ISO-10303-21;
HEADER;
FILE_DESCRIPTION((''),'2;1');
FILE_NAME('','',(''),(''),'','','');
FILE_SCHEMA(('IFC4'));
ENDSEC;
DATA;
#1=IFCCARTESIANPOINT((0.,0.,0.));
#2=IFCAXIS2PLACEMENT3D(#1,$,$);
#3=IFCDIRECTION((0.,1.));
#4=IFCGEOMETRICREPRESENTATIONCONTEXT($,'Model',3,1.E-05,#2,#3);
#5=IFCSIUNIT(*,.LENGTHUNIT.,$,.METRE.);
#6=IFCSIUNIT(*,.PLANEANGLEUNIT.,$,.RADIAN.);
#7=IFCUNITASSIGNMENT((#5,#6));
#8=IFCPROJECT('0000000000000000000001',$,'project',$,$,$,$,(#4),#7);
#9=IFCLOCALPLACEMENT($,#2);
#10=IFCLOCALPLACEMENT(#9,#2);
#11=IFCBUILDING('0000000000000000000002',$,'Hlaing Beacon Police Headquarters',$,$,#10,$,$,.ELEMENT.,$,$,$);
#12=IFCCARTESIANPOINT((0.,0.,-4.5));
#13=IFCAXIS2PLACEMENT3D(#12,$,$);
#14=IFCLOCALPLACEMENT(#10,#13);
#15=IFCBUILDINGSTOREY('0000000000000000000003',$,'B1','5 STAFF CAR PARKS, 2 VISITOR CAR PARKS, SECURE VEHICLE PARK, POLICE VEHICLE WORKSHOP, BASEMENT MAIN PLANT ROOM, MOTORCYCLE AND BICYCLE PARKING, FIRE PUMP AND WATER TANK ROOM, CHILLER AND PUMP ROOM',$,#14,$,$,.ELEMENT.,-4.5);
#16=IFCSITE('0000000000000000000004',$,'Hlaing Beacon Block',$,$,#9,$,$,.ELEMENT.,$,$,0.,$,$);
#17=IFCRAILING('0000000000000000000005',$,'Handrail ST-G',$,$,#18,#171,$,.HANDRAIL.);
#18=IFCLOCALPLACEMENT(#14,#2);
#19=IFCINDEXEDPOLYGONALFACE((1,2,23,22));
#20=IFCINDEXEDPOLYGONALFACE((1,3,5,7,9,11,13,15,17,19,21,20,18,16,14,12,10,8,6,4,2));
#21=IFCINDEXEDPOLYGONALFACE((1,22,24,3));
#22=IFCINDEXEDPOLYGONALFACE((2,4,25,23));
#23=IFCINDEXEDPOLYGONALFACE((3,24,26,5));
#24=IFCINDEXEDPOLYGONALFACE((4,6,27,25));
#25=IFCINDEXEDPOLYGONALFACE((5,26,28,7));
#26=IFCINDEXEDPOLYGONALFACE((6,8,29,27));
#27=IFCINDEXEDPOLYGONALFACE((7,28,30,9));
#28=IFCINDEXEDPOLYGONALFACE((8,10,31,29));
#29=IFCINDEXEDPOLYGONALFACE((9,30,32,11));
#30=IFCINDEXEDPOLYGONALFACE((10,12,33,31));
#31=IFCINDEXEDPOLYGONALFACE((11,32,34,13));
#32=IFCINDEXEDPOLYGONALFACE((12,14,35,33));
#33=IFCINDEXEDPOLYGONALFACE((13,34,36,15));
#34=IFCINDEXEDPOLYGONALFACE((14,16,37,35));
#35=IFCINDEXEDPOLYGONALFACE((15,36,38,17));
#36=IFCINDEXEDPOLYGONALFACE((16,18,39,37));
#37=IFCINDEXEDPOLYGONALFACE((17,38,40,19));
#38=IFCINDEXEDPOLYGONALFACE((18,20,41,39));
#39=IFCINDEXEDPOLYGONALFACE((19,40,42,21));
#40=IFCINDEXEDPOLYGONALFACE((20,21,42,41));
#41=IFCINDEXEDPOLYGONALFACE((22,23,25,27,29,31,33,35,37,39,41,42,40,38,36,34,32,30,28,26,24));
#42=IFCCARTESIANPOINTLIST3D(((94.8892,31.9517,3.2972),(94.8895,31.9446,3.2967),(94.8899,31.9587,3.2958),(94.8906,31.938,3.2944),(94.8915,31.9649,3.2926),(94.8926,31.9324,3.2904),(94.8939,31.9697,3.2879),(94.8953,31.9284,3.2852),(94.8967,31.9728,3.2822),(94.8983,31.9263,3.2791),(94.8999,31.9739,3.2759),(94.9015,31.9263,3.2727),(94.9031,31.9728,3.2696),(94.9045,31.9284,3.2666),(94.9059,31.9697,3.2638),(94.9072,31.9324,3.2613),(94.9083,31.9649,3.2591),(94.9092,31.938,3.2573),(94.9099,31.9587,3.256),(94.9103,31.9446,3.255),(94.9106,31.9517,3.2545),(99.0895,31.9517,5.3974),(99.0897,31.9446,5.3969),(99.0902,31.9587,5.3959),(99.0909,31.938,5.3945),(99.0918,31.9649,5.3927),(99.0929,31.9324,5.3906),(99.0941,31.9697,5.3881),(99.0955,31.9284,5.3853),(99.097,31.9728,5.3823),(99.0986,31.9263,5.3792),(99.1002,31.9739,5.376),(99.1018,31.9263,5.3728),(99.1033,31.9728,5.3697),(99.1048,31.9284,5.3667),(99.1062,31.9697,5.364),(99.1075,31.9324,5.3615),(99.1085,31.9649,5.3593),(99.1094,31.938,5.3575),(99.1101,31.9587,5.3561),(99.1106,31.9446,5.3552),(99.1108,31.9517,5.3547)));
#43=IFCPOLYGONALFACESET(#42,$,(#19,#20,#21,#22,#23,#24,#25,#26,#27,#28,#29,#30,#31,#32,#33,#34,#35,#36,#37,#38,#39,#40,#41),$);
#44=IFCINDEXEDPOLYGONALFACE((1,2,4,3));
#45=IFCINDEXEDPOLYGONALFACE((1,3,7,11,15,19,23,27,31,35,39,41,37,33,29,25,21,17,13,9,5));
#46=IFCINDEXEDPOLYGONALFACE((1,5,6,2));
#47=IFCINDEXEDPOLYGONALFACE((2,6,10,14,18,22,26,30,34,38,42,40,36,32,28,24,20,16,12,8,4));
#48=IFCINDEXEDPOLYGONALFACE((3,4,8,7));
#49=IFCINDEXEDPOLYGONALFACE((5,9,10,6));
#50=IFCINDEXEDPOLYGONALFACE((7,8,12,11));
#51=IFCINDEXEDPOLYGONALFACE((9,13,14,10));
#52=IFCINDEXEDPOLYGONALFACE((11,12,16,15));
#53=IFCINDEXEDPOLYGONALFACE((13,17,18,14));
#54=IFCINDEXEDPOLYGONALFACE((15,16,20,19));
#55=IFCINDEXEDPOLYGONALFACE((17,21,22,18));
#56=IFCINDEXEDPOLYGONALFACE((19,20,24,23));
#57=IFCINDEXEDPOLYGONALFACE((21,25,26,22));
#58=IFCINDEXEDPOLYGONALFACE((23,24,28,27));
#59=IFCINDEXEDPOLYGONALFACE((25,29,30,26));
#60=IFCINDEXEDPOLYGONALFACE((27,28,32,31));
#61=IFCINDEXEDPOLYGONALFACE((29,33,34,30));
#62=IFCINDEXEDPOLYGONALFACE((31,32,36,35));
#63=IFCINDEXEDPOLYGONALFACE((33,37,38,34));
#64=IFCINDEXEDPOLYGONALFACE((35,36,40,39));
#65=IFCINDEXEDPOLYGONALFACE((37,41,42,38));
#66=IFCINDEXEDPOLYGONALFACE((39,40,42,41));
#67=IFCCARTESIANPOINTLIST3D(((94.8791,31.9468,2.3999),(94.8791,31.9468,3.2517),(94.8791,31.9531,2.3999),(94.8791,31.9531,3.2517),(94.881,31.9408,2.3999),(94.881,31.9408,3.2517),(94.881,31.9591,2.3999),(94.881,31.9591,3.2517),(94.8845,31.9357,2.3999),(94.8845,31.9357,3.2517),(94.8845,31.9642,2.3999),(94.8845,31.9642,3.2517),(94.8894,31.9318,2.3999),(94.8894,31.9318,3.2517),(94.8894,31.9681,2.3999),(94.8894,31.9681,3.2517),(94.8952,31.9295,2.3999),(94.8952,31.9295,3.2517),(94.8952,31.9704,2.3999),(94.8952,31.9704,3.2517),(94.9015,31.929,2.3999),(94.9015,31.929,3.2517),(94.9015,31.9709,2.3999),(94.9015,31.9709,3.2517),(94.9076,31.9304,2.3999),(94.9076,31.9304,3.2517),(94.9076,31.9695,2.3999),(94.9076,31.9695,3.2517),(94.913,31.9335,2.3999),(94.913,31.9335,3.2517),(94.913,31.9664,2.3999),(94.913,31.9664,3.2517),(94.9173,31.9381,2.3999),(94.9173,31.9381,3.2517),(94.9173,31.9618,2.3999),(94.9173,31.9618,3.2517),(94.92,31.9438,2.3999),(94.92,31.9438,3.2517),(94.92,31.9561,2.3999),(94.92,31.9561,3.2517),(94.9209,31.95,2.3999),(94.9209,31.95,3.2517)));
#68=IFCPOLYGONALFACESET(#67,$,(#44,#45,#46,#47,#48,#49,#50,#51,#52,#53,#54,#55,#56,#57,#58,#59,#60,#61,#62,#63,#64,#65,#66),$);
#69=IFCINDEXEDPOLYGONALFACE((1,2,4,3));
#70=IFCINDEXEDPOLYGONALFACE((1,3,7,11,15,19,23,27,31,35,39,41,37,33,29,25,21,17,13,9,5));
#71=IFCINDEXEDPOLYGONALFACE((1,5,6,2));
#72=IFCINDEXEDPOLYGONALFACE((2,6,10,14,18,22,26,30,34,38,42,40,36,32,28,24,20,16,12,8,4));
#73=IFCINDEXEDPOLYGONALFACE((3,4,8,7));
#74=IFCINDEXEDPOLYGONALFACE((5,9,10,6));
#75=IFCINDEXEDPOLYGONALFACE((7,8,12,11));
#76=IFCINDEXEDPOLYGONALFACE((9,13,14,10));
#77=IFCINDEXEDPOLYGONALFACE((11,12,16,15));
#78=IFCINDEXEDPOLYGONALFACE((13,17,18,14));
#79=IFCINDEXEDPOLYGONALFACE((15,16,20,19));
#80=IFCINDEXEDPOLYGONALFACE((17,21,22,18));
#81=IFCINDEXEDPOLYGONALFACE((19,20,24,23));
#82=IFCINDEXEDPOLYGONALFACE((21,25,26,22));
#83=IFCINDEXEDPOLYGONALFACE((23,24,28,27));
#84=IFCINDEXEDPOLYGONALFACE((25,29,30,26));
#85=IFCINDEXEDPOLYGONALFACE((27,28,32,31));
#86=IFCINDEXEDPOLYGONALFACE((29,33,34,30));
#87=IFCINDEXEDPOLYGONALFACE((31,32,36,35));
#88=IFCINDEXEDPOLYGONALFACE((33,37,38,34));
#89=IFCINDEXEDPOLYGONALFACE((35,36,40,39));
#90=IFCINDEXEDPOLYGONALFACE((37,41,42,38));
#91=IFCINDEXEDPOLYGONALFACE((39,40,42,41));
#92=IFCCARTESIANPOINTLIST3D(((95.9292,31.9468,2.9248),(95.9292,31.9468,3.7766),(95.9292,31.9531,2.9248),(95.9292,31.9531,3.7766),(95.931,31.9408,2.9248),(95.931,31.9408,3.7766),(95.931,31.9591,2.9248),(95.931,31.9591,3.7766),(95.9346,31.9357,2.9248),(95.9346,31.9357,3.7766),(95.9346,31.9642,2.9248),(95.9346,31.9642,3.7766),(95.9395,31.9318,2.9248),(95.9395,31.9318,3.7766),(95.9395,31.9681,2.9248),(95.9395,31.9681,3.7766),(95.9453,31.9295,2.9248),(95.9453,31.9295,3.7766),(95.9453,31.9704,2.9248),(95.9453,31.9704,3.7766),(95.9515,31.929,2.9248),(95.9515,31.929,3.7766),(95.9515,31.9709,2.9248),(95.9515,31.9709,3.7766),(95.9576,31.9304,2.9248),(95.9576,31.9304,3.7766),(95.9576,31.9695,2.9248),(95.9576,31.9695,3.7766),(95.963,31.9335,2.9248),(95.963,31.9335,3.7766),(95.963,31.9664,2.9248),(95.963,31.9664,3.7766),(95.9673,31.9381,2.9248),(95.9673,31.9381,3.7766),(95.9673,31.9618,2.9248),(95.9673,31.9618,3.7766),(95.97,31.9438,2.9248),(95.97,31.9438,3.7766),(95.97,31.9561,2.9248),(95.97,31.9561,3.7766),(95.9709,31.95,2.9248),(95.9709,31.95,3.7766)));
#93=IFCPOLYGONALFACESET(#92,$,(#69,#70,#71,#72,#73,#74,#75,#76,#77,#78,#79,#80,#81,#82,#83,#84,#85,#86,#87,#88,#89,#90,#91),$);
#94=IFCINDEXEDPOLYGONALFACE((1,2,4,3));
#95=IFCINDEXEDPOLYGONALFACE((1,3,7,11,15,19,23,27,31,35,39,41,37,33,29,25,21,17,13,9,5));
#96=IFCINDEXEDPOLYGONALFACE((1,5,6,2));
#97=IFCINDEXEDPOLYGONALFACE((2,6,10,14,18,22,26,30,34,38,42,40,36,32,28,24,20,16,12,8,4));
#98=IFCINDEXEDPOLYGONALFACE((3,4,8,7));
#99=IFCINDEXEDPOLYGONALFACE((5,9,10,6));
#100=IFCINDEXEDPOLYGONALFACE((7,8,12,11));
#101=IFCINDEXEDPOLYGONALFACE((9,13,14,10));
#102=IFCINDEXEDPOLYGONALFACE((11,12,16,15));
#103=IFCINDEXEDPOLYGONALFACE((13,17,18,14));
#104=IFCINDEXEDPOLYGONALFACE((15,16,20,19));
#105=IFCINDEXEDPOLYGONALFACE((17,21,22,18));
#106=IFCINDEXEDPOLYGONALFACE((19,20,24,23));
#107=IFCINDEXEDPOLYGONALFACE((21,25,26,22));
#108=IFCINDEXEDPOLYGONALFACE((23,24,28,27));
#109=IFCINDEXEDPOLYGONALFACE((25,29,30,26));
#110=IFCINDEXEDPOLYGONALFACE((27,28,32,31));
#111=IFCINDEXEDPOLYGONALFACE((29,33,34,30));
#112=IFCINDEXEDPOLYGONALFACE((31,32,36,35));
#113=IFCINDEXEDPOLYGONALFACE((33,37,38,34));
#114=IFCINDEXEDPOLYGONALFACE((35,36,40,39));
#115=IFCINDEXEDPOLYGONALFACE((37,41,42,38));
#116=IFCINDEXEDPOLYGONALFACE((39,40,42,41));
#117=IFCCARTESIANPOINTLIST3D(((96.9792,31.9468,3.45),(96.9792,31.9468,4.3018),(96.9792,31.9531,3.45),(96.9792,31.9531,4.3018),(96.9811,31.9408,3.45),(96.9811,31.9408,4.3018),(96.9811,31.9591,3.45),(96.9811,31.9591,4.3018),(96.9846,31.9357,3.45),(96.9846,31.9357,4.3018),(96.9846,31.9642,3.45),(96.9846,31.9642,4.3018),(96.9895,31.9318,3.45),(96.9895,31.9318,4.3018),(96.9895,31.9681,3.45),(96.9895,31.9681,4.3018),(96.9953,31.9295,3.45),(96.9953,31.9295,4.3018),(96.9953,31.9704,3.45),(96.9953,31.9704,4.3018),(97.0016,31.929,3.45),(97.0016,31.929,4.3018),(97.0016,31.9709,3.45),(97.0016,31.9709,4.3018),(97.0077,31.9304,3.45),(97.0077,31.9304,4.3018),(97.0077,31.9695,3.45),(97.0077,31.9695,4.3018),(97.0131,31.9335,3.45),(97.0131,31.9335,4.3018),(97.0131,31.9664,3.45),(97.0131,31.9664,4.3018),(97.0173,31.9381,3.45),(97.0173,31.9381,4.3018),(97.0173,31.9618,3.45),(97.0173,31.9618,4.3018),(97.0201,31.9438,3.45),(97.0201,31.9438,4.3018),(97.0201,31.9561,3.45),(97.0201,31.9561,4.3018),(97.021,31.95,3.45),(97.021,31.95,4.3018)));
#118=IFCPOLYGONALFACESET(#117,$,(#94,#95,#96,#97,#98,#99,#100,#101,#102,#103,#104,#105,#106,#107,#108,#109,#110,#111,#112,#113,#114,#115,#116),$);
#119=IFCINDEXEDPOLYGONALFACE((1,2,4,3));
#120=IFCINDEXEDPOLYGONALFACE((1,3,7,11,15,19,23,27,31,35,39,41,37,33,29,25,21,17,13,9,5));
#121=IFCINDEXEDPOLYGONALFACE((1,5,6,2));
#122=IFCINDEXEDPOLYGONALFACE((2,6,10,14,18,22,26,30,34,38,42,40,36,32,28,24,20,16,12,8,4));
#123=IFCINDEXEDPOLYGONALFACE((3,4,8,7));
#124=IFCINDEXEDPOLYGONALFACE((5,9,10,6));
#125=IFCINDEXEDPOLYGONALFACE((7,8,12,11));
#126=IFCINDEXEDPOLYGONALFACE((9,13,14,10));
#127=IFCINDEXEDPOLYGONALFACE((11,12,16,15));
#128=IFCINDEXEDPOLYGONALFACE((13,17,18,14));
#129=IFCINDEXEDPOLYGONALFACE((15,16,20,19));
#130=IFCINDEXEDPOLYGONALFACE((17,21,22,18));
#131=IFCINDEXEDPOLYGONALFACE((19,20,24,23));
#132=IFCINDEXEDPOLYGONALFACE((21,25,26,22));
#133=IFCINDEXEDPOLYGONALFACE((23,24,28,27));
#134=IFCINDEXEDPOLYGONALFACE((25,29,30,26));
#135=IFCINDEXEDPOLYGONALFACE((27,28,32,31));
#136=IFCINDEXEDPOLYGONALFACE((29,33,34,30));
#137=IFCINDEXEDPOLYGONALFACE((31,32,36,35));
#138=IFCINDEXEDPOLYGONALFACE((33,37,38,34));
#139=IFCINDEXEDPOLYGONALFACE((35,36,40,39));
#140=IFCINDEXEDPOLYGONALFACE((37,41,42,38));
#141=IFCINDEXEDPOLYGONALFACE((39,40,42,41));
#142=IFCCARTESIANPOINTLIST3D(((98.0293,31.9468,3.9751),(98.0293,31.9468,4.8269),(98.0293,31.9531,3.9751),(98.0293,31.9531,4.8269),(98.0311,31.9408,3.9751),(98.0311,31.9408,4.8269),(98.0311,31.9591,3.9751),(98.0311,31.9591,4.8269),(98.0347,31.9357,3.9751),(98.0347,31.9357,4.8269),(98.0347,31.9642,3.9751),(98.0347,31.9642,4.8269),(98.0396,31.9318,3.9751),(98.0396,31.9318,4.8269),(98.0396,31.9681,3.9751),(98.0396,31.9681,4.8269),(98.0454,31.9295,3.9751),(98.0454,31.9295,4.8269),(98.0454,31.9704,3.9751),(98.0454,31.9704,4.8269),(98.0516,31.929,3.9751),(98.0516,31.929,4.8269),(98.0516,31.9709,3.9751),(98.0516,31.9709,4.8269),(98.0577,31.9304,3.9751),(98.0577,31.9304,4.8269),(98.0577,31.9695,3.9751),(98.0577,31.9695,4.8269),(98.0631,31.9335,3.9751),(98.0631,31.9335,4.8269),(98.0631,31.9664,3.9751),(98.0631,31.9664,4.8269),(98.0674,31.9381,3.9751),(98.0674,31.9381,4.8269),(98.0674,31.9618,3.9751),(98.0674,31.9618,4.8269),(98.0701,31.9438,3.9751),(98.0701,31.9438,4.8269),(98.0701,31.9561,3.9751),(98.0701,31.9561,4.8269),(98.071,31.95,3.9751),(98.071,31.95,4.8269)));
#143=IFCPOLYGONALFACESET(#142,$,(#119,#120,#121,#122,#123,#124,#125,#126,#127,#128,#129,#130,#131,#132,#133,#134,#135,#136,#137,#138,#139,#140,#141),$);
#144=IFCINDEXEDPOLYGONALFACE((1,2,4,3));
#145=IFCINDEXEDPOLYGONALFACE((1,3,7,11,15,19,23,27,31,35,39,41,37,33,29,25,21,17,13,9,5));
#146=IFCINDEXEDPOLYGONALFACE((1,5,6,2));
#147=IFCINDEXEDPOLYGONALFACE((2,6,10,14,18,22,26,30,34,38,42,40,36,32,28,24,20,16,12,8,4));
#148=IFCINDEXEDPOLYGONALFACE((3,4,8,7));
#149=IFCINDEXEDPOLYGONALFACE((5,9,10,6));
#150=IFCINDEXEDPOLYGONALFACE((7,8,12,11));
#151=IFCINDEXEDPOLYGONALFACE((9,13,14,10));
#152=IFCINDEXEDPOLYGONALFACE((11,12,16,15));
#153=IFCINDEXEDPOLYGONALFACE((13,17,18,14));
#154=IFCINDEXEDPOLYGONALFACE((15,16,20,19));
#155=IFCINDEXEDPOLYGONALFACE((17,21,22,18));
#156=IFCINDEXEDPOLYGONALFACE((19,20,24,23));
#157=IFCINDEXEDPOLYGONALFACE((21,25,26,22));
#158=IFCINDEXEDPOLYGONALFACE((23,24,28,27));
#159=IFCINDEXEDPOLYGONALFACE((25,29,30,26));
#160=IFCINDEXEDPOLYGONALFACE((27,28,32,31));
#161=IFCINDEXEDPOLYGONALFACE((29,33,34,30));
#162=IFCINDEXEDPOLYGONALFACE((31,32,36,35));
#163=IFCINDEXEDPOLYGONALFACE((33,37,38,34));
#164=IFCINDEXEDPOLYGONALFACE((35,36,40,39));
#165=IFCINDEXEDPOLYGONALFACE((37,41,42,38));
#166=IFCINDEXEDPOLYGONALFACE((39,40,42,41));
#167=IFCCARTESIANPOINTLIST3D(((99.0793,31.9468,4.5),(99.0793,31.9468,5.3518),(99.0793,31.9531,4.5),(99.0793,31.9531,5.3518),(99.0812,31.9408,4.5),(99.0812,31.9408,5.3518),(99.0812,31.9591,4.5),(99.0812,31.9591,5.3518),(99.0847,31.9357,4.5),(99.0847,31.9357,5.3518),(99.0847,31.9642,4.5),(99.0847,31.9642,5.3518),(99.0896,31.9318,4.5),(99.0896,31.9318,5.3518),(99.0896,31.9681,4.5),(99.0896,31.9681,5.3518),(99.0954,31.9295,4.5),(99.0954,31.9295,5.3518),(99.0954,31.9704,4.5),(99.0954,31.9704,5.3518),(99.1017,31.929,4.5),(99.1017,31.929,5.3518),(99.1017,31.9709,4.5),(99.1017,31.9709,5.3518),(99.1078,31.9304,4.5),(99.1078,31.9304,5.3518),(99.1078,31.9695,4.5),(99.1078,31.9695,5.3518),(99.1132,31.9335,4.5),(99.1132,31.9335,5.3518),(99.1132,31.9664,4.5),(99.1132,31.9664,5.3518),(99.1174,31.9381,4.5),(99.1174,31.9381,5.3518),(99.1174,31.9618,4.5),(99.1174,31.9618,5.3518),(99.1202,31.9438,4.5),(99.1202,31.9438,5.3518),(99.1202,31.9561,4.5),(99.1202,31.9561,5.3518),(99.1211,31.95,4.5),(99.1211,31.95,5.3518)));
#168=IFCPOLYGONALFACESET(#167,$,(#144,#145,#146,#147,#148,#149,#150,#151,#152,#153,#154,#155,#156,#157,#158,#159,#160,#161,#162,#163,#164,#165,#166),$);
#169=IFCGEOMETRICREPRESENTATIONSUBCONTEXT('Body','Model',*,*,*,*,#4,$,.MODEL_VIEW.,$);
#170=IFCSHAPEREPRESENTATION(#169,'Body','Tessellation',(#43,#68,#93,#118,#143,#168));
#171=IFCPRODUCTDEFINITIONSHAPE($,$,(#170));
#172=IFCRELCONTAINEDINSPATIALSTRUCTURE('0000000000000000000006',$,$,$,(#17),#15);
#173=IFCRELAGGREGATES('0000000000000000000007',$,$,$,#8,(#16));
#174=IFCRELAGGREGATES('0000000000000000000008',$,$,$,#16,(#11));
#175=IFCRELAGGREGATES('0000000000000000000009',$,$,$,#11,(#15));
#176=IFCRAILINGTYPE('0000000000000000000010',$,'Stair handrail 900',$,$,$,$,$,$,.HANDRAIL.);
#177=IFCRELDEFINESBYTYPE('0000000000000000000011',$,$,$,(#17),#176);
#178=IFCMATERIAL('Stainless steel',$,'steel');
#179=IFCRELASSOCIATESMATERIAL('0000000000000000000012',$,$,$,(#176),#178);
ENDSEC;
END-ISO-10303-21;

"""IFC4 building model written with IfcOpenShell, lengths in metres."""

from ifc_helpers import new_model, si_unit, direction, frame, origin, origin_2d, place, context, subcontext, project, spatial, circle, extrude, material, type_object, element, save


model = new_model("IFC4")

# Units and contexts
model_context = context("Model", 3, precision=1e-05, world=origin(), true_north=direction((0.0, 1.0)))
body_context = subcontext(model_context, "Body", "Model", "MODEL_VIEW")
ifc_project = project(units=[si_unit("LENGTHUNIT", "METRE"), si_unit("PLANEANGLEUNIT", "RADIAN")], contexts=[model_context])

# Site, building, storey
site_placement = place(None, origin())
site = spatial("IfcSite", under=ifc_project, at=site_placement, Name="Hlaing Beacon Block", CompositionType="ELEMENT", RefElevation=0.0)
building_placement = place(site_placement, origin())
building = spatial("IfcBuilding", under=site, at=building_placement, Name="Hlaing Beacon Police Headquarters", CompositionType="ELEMENT")
storey_placement = place(building_placement, frame((0.0, 0.0, -4.5)))
storey = spatial("IfcBuildingStorey", under=building, at=storey_placement, Name="B1", Description="5 STAFF CAR PARKS, 2 VISITOR CAR PARKS, SECURE VEHICLE PARK, POLICE VEHICLE WORKSHOP, BASEMENT MAIN PLANT ROOM, MOTORCYCLE AND BICYCLE PARKING, FIRE PUMP AND WATER TANK ROOM, CHILLER AND PUMP ROOM", CompositionType="ELEMENT", Elevation=-4.5)

# Railing
ifc_material_1 = material(Name="Stainless steel", Category="steel")
railing_type = type_object("IfcRailingType", Name="Stair handrail 900", PredefinedType="HANDRAIL", material=ifc_material_1)
railing_1_placement = place(storey_placement, frame((94.8999, 31.95, 2.3999)))
element("IfcRailing", 1, at=railing_1_placement, inside=storey, type_object=railing_type, Name="Handrail ST-G", PredefinedType="HANDRAIL", context=body_context, shape_type="SweptSolid", body=[
    extrude(circle(Radius=0.0239, at=origin_2d()), frame((0.0, 0.0, 0.876), z_axis=(0.894427, 0.0, 0.447214), x_axis=(0.0, 1.0, 0.0)), (0.0, 0.0, 1.0), 4.696),
    extrude(circle(Radius=0.021, at=origin_2d()), origin(), (0.0, 0.0, 1.0), 0.8518),
    extrude(circle(Radius=0.021, at=origin_2d()), frame((1.05, 0.0, 0.5249)), (0.0, 0.0, 1.0), 0.8518),
    extrude(circle(Radius=0.021, at=origin_2d()), frame((2.1001, 0.0, 1.05)), (0.0, 0.0, 1.0), 0.8518),
    extrude(circle(Radius=0.021, at=origin_2d()), frame((3.1501, 0.0, 1.5752)), (0.0, 0.0, 1.0), 0.8518),
    extrude(circle(Radius=0.021, at=origin_2d()), frame((4.2002, 0.0, 2.1001)), (0.0, 0.0, 1.0), 0.8518),
])

save(model, "model.ifc")
